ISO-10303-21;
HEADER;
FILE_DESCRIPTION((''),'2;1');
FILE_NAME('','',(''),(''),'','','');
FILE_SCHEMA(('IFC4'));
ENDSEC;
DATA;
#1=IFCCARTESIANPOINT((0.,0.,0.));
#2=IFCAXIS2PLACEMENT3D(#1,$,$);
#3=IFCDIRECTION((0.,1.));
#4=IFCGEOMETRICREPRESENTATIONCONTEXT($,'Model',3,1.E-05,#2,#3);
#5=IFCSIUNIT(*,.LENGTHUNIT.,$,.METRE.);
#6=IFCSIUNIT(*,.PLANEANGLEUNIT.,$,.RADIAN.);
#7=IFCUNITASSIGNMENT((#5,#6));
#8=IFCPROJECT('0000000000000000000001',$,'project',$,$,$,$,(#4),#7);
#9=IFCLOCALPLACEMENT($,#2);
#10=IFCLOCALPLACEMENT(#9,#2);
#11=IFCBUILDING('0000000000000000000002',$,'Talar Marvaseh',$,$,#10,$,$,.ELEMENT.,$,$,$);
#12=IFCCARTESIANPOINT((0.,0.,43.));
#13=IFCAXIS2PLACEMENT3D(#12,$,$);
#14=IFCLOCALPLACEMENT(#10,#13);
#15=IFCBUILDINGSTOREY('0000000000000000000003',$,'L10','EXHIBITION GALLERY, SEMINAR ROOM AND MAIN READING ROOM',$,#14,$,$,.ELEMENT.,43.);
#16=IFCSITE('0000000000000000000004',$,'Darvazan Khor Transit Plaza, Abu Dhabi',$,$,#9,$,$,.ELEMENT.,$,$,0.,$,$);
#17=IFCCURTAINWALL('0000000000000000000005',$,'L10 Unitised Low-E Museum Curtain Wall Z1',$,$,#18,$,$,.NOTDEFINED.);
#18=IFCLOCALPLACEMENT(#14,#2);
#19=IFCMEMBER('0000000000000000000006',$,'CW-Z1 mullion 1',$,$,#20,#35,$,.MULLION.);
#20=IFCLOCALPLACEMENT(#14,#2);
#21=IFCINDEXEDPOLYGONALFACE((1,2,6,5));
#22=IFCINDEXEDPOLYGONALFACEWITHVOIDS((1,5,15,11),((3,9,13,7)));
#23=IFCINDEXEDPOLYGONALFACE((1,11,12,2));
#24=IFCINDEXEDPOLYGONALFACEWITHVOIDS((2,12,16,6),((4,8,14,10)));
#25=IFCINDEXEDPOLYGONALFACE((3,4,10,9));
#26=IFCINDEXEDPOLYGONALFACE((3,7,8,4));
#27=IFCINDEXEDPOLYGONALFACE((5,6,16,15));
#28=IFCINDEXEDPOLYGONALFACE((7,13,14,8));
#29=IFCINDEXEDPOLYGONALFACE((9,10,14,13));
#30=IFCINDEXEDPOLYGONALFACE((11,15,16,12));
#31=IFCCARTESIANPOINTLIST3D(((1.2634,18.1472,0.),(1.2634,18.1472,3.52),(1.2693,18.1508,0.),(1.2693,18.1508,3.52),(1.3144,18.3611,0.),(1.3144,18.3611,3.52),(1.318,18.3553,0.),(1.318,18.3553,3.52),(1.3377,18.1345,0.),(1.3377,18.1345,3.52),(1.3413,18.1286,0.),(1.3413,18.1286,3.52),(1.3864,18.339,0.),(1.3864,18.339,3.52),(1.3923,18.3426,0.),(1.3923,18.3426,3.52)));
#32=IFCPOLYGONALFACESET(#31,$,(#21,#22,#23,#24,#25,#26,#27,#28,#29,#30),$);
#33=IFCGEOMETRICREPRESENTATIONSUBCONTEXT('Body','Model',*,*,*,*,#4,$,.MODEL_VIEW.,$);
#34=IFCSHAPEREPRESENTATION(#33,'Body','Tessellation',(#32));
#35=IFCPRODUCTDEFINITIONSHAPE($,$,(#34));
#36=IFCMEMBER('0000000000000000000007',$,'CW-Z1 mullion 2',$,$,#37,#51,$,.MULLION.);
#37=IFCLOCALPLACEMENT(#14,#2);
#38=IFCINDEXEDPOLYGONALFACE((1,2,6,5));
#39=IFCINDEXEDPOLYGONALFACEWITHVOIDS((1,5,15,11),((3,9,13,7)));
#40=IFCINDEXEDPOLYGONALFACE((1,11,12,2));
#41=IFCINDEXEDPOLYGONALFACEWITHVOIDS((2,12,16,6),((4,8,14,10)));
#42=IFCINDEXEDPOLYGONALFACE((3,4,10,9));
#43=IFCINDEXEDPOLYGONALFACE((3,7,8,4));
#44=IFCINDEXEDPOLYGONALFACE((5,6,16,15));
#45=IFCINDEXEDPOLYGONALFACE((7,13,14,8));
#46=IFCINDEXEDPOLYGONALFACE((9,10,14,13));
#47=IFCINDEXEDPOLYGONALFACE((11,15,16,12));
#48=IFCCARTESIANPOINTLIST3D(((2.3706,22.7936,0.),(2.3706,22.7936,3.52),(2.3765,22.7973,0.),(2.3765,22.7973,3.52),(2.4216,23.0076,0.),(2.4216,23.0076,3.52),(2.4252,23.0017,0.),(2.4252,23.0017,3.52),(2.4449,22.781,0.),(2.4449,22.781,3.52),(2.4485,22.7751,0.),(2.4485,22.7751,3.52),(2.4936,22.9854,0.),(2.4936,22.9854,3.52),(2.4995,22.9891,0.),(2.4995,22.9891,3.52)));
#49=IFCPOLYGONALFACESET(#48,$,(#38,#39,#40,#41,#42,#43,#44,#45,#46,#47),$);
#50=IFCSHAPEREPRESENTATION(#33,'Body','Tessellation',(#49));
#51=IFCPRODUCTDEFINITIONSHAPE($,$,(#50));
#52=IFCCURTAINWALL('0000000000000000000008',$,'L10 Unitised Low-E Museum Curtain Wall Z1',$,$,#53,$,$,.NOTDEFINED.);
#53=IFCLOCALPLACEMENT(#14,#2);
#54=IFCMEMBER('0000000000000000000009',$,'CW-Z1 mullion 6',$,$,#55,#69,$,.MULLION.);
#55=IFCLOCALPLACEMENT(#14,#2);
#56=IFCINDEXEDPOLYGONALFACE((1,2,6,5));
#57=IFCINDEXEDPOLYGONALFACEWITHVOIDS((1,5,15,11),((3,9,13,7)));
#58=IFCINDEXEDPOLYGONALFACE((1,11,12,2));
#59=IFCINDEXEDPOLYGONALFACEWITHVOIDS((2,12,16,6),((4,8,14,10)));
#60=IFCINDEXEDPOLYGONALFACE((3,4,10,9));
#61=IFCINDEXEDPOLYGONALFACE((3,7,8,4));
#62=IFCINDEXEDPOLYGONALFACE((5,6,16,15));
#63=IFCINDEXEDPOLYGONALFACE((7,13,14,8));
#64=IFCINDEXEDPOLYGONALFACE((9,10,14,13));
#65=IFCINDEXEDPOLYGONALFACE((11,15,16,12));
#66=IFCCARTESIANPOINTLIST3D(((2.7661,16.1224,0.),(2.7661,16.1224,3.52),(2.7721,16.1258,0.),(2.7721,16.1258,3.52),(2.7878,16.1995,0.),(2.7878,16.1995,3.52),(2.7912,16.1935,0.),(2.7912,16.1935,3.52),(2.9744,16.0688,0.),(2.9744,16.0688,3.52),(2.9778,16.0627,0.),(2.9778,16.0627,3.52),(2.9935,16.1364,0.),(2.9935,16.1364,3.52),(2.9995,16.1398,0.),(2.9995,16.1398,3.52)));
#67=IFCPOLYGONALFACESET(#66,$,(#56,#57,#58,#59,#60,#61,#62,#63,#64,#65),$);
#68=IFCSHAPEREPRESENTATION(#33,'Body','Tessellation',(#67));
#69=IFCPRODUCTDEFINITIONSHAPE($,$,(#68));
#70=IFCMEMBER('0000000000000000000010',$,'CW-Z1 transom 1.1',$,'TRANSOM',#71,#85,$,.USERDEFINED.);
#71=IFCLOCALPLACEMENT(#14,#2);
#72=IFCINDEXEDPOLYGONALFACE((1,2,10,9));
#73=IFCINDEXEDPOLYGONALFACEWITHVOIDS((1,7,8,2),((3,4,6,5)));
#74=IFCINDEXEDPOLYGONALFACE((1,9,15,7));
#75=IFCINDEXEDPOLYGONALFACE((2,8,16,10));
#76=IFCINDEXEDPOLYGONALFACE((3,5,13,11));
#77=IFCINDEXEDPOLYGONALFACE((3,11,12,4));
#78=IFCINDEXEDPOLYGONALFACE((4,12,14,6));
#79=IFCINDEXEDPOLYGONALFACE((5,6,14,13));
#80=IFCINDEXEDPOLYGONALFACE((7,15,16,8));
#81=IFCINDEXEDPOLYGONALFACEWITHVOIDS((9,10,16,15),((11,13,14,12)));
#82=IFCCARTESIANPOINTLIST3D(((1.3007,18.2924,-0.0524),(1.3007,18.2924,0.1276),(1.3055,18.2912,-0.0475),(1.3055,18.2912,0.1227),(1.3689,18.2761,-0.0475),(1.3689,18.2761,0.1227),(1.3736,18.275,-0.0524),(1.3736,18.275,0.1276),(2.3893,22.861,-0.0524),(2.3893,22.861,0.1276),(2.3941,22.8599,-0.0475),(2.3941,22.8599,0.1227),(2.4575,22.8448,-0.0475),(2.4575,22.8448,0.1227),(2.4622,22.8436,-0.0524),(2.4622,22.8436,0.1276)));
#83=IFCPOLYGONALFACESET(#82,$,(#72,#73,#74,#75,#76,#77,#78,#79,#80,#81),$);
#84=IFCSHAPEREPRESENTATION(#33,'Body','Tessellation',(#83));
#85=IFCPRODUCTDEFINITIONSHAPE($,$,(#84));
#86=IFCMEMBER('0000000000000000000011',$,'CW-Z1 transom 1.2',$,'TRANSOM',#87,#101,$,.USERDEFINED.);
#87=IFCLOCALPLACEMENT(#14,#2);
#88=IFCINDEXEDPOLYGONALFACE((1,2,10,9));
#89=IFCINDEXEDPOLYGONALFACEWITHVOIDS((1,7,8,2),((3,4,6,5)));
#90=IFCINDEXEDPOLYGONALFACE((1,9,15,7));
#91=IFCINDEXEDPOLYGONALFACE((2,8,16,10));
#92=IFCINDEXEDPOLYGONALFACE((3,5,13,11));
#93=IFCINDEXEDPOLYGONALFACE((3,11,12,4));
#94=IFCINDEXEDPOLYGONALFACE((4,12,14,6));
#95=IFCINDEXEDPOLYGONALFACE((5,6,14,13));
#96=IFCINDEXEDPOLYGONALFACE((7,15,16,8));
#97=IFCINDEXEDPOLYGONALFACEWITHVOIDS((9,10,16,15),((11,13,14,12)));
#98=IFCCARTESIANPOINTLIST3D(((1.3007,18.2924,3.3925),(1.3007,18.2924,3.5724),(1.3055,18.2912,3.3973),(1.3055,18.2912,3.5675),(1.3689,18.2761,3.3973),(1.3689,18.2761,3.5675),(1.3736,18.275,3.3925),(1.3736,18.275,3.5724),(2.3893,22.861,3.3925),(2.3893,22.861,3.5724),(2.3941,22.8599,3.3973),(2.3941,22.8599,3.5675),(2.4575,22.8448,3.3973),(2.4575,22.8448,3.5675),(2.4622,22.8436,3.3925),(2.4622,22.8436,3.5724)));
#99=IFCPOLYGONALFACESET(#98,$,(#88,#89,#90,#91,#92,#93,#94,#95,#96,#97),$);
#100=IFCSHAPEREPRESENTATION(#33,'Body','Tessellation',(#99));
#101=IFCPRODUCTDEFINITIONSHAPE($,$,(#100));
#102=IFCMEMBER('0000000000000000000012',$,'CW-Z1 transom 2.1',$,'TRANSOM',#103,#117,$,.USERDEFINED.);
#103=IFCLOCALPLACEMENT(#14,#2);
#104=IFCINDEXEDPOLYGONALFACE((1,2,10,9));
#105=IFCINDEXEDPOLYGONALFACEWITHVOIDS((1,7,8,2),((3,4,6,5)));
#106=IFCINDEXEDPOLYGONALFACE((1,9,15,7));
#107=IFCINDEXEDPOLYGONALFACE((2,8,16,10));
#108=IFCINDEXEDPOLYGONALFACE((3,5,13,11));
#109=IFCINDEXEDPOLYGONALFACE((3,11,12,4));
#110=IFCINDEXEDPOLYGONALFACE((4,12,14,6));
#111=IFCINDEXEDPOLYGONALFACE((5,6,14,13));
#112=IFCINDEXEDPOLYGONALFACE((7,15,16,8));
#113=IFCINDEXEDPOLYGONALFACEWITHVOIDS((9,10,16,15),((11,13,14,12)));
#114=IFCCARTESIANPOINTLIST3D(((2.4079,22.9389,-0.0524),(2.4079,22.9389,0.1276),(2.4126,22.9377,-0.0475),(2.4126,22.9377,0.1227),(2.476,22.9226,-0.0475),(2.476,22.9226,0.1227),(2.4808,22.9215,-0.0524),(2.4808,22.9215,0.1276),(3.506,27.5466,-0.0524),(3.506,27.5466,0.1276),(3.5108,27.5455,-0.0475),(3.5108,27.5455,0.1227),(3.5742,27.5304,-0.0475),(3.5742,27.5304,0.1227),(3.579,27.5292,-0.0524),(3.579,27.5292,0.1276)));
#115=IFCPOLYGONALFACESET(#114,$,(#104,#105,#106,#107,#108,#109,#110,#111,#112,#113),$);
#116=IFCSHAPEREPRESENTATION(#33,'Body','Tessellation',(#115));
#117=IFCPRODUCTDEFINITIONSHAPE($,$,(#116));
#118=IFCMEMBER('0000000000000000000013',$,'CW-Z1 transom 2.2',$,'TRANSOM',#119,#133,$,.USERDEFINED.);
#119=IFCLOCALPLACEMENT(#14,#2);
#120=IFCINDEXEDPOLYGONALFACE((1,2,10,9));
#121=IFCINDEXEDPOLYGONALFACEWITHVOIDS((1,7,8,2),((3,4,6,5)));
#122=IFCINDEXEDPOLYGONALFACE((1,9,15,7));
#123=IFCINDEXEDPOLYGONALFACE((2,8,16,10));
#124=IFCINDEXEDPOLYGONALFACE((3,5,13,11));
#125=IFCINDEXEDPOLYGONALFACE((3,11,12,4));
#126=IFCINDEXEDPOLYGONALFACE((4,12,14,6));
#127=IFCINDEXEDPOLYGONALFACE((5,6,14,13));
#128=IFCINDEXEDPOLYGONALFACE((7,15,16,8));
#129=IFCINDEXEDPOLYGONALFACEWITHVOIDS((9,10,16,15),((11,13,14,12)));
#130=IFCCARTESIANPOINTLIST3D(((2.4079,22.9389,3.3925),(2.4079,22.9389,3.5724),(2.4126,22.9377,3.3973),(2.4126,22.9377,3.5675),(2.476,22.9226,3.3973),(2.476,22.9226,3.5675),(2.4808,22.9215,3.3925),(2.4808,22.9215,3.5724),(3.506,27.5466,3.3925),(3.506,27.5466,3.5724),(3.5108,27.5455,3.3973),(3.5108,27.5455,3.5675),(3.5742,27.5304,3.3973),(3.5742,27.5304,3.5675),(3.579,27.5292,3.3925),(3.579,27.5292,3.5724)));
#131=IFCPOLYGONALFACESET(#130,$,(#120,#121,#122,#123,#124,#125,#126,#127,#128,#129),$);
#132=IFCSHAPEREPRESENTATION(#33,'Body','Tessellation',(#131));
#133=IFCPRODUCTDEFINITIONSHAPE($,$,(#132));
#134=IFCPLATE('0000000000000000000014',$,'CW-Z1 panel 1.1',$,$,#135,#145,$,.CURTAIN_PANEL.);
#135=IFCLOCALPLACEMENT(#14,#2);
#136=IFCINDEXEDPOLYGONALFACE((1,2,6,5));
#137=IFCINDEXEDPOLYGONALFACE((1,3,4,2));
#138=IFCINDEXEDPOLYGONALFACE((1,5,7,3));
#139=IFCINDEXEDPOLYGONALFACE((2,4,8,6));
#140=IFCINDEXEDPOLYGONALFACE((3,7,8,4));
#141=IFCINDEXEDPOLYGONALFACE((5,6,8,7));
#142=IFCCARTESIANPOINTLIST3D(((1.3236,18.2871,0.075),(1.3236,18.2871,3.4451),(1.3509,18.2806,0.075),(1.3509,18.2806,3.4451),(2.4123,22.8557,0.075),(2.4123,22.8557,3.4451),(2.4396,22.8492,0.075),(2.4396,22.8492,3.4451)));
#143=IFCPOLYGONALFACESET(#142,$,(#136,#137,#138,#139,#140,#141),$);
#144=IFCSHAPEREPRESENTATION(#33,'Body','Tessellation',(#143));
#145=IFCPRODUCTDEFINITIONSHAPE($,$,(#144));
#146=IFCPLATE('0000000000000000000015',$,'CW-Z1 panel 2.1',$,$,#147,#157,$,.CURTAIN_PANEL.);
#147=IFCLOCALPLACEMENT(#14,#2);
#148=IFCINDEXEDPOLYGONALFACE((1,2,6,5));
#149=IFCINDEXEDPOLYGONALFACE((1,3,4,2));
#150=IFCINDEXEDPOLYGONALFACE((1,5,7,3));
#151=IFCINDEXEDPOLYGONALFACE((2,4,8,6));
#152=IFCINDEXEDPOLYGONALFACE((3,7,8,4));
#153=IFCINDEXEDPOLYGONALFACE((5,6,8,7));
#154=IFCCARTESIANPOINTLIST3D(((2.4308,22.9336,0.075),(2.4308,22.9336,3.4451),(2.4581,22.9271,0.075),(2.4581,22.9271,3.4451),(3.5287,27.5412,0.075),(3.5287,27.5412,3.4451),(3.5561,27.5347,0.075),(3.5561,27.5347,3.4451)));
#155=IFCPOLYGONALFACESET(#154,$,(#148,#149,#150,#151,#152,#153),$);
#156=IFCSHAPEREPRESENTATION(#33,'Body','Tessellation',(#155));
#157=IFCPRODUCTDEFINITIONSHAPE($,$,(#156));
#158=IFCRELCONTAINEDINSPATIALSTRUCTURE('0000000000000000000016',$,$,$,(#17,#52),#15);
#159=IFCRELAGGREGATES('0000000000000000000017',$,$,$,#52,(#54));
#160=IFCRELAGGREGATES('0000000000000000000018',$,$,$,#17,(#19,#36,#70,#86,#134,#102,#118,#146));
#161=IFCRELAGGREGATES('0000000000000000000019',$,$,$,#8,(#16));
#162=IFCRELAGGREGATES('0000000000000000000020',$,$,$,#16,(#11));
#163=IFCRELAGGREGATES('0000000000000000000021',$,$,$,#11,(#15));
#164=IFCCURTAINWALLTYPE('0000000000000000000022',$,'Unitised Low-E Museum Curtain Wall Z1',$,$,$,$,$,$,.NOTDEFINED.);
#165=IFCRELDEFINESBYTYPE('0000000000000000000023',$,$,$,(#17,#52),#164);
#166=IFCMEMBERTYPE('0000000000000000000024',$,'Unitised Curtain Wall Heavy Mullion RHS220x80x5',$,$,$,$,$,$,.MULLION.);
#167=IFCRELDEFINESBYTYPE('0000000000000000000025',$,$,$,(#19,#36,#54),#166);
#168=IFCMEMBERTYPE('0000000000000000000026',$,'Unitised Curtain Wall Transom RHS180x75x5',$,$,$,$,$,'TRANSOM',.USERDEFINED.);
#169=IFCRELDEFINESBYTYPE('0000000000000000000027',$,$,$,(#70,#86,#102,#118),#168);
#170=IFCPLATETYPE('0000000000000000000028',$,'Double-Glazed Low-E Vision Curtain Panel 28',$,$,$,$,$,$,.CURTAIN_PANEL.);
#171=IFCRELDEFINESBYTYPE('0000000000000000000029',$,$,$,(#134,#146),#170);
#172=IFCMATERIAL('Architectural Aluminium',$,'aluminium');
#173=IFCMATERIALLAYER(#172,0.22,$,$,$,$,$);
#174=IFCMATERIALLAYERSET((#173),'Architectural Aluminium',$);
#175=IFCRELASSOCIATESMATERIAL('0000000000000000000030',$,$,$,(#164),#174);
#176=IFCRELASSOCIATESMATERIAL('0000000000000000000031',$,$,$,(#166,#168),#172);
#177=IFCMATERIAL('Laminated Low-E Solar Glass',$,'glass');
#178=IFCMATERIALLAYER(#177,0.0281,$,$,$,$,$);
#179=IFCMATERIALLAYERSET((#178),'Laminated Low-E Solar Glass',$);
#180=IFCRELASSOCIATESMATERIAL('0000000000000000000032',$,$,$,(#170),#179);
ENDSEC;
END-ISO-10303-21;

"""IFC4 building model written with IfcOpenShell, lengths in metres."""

from ifc_helpers import new_model, si_unit, direction, frame, origin, origin_2d, place, context, subcontext, project, spatial, rectangle, hollow_rectangle, extrude, source, transform, mapped, material, layer, layer_set, material_profile, profile_set, type_object, type_shapes, element, aggregate, save


model = new_model("IFC4")

# Units and contexts
model_context = context("Model", 3, precision=1e-05, world=origin(), true_north=direction((0.0, 1.0)))
body_context = subcontext(model_context, "Body", "Model", "MODEL_VIEW")
ifc_project = project(units=[si_unit("LENGTHUNIT", "METRE"), si_unit("PLANEANGLEUNIT", "RADIAN")], contexts=[model_context])

# Site, building, storey
site_placement = place(None, origin())
site = spatial("IfcSite", under=ifc_project, at=site_placement, Name="Darvazan Khor Transit Plaza, Abu Dhabi", CompositionType="ELEMENT", RefElevation=0.0)
building_placement = place(site_placement, origin())
building = spatial("IfcBuilding", under=site, at=building_placement, Name="Talar Marvaseh", CompositionType="ELEMENT")
storey_placement = place(building_placement, frame((0.0, 0.0, 43.0)))
storey = spatial("IfcBuildingStorey", under=building, at=storey_placement, Name="L10", Description="EXHIBITION GALLERY, SEMINAR ROOM AND MAIN READING ROOM", CompositionType="ELEMENT", Elevation=43.0)

# Curtain wall, members
ifc_material_1 = material(Name="Architectural Aluminium", Category="aluminium")
ifc_layer_1 = layer(ifc_material_1, 0.22)
ifc_layer_set_1 = layer_set([ifc_layer_1], Name="Architectural Aluminium")
curtain_wall_type = type_object("IfcCurtainWallType", Name="Unitised Low-E Museum Curtain Wall Z1", PredefinedType="NOTDEFINED", material=ifc_layer_set_1)
curtain_wall_1_placement = place(storey_placement, origin())
curtain_wall_1 = element("IfcCurtainWall", 1, at=curtain_wall_1_placement, inside=storey, type_object=curtain_wall_type, Name="L10 Unitised Low-E Museum Curtain Wall Z1", PredefinedType="NOTDEFINED")
ifc_material_profile_1 = material_profile(ifc_material_1, hollow_rectangle(XDim=0.0801, YDim=0.22, WallThickness=0.0049, at=origin_2d()), Name="RHS220x80x5")
ifc_profile_set_1 = profile_set([ifc_material_profile_1], Name="Architectural Aluminium")
member_type_1 = type_object("IfcMemberType", Name="Unitised Curtain Wall Heavy Mullion RHS220x80x5", PredefinedType="MULLION", material=ifc_profile_set_1)
shared_shape_1 = source(origin(), body_context, "Body", "SweptSolid", [
    extrude(hollow_rectangle(XDim=0.0801, YDim=0.22, WallThickness=0.0049, at=origin_2d()), origin(), (0.0, 0.0, 1.0), 3.52),
])
type_shapes(member_type_1, [shared_shape_1])
member_1_placement = place(storey_placement, frame((1.3279, 18.2449, 0.0), z_axis=(0.0, 0.0, 1.0), x_axis=(-0.972761, 0.231812, 0.0)))
member_1 = element("IfcMember", 2, at=member_1_placement, type_object=member_type_1, Name="CW-Z1 mullion 1", PredefinedType="MULLION", context=body_context, shape_type="MappedRepresentation", body=[
    mapped(shared_shape_1, transform((0.0, 0.0, 0.0), x_axis=(1.0, 0.0, 0.0), y_axis=(0.0, 1.0, 0.0), z_axis=(0.0, 0.0, 1.0), scale=1.0)),
])
member_2_placement = place(storey_placement, frame((2.4351, 22.8914, 0.0), z_axis=(0.0, 0.0, 1.0), x_axis=(-0.972761, 0.231812, 0.0)))
member_2 = element("IfcMember", 3, at=member_2_placement, type_object=member_type_1, Name="CW-Z1 mullion 2", PredefinedType="MULLION", context=body_context, shape_type="MappedRepresentation", body=[
    mapped(shared_shape_1, transform((0.0, 0.0, 0.0), x_axis=(1.0, 0.0, 0.0), y_axis=(0.0, 1.0, 0.0), z_axis=(0.0, 0.0, 1.0), scale=1.0)),
])

# Curtain wall, member
curtain_wall_2_placement = place(storey_placement, origin())
curtain_wall_2 = element("IfcCurtainWall", 4, at=curtain_wall_2_placement, inside=storey, type_object=curtain_wall_type, Name="L10 Unitised Low-E Museum Curtain Wall Z1", PredefinedType="NOTDEFINED")
member_3_placement = place(storey_placement, frame((2.8828, 16.1311, 0.0), z_axis=(0.0, 0.0, 1.0), x_axis=(-0.271292, -0.962497, 0.0)))
member_3 = element("IfcMember", 5, at=member_3_placement, type_object=member_type_1, Name="CW-Z1 mullion 6", PredefinedType="MULLION", context=body_context, shape_type="MappedRepresentation", body=[
    mapped(shared_shape_1, transform((0.0, 0.0, 0.0), x_axis=(1.0, 0.0, 0.0), y_axis=(0.0, 1.0, 0.0), z_axis=(0.0, 0.0, 1.0), scale=1.0)),
])
aggregate(curtain_wall_2, [member_3])

# Members
ifc_material_profile_2 = material_profile(ifc_material_1, hollow_rectangle(XDim=0.075, YDim=0.1799, WallThickness=0.0049, at=origin_2d()), Name="RHS180x75x5")
ifc_profile_set_2 = profile_set([ifc_material_profile_2], Name="Architectural Aluminium")
member_type_2 = type_object("IfcMemberType", Name="Unitised Curtain Wall Transom RHS180x75x5", ElementType="TRANSOM", PredefinedType="USERDEFINED", material=ifc_profile_set_2)
shared_shape_2 = source(origin(), body_context, "Body", "SweptSolid", [
    extrude(hollow_rectangle(XDim=0.075, YDim=0.1799, WallThickness=0.0049, at=origin_2d()), origin(), (0.0, 0.0, 1.0), 4.6965),
])
member_4_placement = place(storey_placement, frame((1.3372, 18.2837, 0.0376), z_axis=(0.231794, 0.972765, 0.0), x_axis=(-0.972765, 0.231794, 0.0)))
member_4 = element("IfcMember", 6, at=member_4_placement, type_object=member_type_2, Name="CW-Z1 transom 1.1", ObjectType="TRANSOM", PredefinedType="USERDEFINED", context=body_context, shape_type="MappedRepresentation", body=[
    mapped(shared_shape_2, transform((0.0, 0.0, 0.0), x_axis=(1.0, 0.0, 0.0), y_axis=(0.0, 1.0, 0.0), z_axis=(0.0, 0.0, 1.0), scale=1.0)),
])
member_5_placement = place(storey_placement, frame((1.3372, 18.2837, 3.4824), z_axis=(0.231794, 0.972765, 0.0), x_axis=(-0.972765, 0.231794, 0.0)))
member_5 = element("IfcMember", 7, at=member_5_placement, type_object=member_type_2, Name="CW-Z1 transom 1.2", ObjectType="TRANSOM", PredefinedType="USERDEFINED", context=body_context, shape_type="MappedRepresentation", body=[
    mapped(shared_shape_2, transform((0.0, 0.0, 0.0), x_axis=(1.0, 0.0, 0.0), y_axis=(0.0, 1.0, 0.0), z_axis=(0.0, 0.0, 1.0), scale=1.0)),
])
shared_shape_3 = source(origin(), body_context, "Body", "SweptSolid", [
    extrude(hollow_rectangle(XDim=0.075, YDim=0.1799, WallThickness=0.0049, at=origin_2d()), origin(), (0.0, 0.0, 1.0), 4.7368),
])
type_shapes(member_type_2, [shared_shape_2, shared_shape_3])
member_6_placement = place(storey_placement, frame((2.4443, 22.9302, 0.0376), z_axis=(0.231837, 0.972755, 0.0), x_axis=(-0.972755, 0.231837, 0.0)))
member_6 = element("IfcMember", 8, at=member_6_placement, type_object=member_type_2, Name="CW-Z1 transom 2.1", ObjectType="TRANSOM", PredefinedType="USERDEFINED", context=body_context, shape_type="MappedRepresentation", body=[
    mapped(shared_shape_3, transform((0.0, 0.0, 0.0), x_axis=(1.0, 0.0, 0.0), y_axis=(0.0, 1.0, 0.0), z_axis=(0.0, 0.0, 1.0), scale=1.0)),
])
member_7_placement = place(storey_placement, frame((2.4443, 22.9302, 3.4824), z_axis=(0.231837, 0.972755, 0.0), x_axis=(-0.972755, 0.231837, 0.0)))
member_7 = element("IfcMember", 9, at=member_7_placement, type_object=member_type_2, Name="CW-Z1 transom 2.2", ObjectType="TRANSOM", PredefinedType="USERDEFINED", context=body_context, shape_type="MappedRepresentation", body=[
    mapped(shared_shape_3, transform((0.0, 0.0, 0.0), x_axis=(1.0, 0.0, 0.0), y_axis=(0.0, 1.0, 0.0), z_axis=(0.0, 0.0, 1.0), scale=1.0)),
])

# Plates
ifc_material_2 = material(Name="Laminated Low-E Solar Glass", Category="glass")
ifc_layer_2 = layer(ifc_material_2, 0.0281)
ifc_layer_set_2 = layer_set([ifc_layer_2], Name="Laminated Low-E Solar Glass")
plate_type = type_object("IfcPlateType", Name="Double-Glazed Low-E Vision Curtain Panel 28", PredefinedType="CURTAIN_PANEL", material=ifc_layer_set_2)
shared_shape_4 = source(origin(), body_context, "Body", "SweptSolid", [
    extrude(rectangle(XDim=4.6965, YDim=0.0281, at=origin_2d()), origin(), (0.0, 0.0, 1.0), 3.3701),
])
plate_1_placement = place(storey_placement, frame((1.8816, 20.5681, 0.075), z_axis=(0.0, 0.0, 1.0), x_axis=(0.231812, 0.972761, 0.0)))
plate_1 = element("IfcPlate", 10, at=plate_1_placement, type_object=plate_type, Name="CW-Z1 panel 1.1", PredefinedType="CURTAIN_PANEL", context=body_context, shape_type="MappedRepresentation", body=[
    mapped(shared_shape_4, transform((0.0, 0.0, 0.0), x_axis=(1.0, 0.0, 0.0), y_axis=(0.0, 1.0, 0.0), z_axis=(0.0, 0.0, 1.0), scale=1.0)),
])
shared_shape_5 = source(origin(), body_context, "Body", "SweptSolid", [
    extrude(rectangle(XDim=4.7366, YDim=0.0281, at=origin_2d()), origin(), (0.0, 0.0, 1.0), 3.3701),
])
type_shapes(plate_type, [shared_shape_4, shared_shape_5])
plate_2_placement = place(storey_placement, frame((2.9934, 25.2341, 0.075), z_axis=(0.0, 0.0, 1.0), x_axis=(0.231812, 0.972761, 0.0)))
plate_2 = element("IfcPlate", 11, at=plate_2_placement, type_object=plate_type, Name="CW-Z1 panel 2.1", PredefinedType="CURTAIN_PANEL", context=body_context, shape_type="MappedRepresentation", body=[
    mapped(shared_shape_5, transform((0.0, 0.0, 0.0), x_axis=(1.0, 0.0, 0.0), y_axis=(0.0, 1.0, 0.0), z_axis=(0.0, 0.0, 1.0), scale=1.0)),
])
aggregate(curtain_wall_1, [member_1, member_2, member_4, member_5, plate_1, member_6, member_7, plate_2])

save(model, "model.ifc")
